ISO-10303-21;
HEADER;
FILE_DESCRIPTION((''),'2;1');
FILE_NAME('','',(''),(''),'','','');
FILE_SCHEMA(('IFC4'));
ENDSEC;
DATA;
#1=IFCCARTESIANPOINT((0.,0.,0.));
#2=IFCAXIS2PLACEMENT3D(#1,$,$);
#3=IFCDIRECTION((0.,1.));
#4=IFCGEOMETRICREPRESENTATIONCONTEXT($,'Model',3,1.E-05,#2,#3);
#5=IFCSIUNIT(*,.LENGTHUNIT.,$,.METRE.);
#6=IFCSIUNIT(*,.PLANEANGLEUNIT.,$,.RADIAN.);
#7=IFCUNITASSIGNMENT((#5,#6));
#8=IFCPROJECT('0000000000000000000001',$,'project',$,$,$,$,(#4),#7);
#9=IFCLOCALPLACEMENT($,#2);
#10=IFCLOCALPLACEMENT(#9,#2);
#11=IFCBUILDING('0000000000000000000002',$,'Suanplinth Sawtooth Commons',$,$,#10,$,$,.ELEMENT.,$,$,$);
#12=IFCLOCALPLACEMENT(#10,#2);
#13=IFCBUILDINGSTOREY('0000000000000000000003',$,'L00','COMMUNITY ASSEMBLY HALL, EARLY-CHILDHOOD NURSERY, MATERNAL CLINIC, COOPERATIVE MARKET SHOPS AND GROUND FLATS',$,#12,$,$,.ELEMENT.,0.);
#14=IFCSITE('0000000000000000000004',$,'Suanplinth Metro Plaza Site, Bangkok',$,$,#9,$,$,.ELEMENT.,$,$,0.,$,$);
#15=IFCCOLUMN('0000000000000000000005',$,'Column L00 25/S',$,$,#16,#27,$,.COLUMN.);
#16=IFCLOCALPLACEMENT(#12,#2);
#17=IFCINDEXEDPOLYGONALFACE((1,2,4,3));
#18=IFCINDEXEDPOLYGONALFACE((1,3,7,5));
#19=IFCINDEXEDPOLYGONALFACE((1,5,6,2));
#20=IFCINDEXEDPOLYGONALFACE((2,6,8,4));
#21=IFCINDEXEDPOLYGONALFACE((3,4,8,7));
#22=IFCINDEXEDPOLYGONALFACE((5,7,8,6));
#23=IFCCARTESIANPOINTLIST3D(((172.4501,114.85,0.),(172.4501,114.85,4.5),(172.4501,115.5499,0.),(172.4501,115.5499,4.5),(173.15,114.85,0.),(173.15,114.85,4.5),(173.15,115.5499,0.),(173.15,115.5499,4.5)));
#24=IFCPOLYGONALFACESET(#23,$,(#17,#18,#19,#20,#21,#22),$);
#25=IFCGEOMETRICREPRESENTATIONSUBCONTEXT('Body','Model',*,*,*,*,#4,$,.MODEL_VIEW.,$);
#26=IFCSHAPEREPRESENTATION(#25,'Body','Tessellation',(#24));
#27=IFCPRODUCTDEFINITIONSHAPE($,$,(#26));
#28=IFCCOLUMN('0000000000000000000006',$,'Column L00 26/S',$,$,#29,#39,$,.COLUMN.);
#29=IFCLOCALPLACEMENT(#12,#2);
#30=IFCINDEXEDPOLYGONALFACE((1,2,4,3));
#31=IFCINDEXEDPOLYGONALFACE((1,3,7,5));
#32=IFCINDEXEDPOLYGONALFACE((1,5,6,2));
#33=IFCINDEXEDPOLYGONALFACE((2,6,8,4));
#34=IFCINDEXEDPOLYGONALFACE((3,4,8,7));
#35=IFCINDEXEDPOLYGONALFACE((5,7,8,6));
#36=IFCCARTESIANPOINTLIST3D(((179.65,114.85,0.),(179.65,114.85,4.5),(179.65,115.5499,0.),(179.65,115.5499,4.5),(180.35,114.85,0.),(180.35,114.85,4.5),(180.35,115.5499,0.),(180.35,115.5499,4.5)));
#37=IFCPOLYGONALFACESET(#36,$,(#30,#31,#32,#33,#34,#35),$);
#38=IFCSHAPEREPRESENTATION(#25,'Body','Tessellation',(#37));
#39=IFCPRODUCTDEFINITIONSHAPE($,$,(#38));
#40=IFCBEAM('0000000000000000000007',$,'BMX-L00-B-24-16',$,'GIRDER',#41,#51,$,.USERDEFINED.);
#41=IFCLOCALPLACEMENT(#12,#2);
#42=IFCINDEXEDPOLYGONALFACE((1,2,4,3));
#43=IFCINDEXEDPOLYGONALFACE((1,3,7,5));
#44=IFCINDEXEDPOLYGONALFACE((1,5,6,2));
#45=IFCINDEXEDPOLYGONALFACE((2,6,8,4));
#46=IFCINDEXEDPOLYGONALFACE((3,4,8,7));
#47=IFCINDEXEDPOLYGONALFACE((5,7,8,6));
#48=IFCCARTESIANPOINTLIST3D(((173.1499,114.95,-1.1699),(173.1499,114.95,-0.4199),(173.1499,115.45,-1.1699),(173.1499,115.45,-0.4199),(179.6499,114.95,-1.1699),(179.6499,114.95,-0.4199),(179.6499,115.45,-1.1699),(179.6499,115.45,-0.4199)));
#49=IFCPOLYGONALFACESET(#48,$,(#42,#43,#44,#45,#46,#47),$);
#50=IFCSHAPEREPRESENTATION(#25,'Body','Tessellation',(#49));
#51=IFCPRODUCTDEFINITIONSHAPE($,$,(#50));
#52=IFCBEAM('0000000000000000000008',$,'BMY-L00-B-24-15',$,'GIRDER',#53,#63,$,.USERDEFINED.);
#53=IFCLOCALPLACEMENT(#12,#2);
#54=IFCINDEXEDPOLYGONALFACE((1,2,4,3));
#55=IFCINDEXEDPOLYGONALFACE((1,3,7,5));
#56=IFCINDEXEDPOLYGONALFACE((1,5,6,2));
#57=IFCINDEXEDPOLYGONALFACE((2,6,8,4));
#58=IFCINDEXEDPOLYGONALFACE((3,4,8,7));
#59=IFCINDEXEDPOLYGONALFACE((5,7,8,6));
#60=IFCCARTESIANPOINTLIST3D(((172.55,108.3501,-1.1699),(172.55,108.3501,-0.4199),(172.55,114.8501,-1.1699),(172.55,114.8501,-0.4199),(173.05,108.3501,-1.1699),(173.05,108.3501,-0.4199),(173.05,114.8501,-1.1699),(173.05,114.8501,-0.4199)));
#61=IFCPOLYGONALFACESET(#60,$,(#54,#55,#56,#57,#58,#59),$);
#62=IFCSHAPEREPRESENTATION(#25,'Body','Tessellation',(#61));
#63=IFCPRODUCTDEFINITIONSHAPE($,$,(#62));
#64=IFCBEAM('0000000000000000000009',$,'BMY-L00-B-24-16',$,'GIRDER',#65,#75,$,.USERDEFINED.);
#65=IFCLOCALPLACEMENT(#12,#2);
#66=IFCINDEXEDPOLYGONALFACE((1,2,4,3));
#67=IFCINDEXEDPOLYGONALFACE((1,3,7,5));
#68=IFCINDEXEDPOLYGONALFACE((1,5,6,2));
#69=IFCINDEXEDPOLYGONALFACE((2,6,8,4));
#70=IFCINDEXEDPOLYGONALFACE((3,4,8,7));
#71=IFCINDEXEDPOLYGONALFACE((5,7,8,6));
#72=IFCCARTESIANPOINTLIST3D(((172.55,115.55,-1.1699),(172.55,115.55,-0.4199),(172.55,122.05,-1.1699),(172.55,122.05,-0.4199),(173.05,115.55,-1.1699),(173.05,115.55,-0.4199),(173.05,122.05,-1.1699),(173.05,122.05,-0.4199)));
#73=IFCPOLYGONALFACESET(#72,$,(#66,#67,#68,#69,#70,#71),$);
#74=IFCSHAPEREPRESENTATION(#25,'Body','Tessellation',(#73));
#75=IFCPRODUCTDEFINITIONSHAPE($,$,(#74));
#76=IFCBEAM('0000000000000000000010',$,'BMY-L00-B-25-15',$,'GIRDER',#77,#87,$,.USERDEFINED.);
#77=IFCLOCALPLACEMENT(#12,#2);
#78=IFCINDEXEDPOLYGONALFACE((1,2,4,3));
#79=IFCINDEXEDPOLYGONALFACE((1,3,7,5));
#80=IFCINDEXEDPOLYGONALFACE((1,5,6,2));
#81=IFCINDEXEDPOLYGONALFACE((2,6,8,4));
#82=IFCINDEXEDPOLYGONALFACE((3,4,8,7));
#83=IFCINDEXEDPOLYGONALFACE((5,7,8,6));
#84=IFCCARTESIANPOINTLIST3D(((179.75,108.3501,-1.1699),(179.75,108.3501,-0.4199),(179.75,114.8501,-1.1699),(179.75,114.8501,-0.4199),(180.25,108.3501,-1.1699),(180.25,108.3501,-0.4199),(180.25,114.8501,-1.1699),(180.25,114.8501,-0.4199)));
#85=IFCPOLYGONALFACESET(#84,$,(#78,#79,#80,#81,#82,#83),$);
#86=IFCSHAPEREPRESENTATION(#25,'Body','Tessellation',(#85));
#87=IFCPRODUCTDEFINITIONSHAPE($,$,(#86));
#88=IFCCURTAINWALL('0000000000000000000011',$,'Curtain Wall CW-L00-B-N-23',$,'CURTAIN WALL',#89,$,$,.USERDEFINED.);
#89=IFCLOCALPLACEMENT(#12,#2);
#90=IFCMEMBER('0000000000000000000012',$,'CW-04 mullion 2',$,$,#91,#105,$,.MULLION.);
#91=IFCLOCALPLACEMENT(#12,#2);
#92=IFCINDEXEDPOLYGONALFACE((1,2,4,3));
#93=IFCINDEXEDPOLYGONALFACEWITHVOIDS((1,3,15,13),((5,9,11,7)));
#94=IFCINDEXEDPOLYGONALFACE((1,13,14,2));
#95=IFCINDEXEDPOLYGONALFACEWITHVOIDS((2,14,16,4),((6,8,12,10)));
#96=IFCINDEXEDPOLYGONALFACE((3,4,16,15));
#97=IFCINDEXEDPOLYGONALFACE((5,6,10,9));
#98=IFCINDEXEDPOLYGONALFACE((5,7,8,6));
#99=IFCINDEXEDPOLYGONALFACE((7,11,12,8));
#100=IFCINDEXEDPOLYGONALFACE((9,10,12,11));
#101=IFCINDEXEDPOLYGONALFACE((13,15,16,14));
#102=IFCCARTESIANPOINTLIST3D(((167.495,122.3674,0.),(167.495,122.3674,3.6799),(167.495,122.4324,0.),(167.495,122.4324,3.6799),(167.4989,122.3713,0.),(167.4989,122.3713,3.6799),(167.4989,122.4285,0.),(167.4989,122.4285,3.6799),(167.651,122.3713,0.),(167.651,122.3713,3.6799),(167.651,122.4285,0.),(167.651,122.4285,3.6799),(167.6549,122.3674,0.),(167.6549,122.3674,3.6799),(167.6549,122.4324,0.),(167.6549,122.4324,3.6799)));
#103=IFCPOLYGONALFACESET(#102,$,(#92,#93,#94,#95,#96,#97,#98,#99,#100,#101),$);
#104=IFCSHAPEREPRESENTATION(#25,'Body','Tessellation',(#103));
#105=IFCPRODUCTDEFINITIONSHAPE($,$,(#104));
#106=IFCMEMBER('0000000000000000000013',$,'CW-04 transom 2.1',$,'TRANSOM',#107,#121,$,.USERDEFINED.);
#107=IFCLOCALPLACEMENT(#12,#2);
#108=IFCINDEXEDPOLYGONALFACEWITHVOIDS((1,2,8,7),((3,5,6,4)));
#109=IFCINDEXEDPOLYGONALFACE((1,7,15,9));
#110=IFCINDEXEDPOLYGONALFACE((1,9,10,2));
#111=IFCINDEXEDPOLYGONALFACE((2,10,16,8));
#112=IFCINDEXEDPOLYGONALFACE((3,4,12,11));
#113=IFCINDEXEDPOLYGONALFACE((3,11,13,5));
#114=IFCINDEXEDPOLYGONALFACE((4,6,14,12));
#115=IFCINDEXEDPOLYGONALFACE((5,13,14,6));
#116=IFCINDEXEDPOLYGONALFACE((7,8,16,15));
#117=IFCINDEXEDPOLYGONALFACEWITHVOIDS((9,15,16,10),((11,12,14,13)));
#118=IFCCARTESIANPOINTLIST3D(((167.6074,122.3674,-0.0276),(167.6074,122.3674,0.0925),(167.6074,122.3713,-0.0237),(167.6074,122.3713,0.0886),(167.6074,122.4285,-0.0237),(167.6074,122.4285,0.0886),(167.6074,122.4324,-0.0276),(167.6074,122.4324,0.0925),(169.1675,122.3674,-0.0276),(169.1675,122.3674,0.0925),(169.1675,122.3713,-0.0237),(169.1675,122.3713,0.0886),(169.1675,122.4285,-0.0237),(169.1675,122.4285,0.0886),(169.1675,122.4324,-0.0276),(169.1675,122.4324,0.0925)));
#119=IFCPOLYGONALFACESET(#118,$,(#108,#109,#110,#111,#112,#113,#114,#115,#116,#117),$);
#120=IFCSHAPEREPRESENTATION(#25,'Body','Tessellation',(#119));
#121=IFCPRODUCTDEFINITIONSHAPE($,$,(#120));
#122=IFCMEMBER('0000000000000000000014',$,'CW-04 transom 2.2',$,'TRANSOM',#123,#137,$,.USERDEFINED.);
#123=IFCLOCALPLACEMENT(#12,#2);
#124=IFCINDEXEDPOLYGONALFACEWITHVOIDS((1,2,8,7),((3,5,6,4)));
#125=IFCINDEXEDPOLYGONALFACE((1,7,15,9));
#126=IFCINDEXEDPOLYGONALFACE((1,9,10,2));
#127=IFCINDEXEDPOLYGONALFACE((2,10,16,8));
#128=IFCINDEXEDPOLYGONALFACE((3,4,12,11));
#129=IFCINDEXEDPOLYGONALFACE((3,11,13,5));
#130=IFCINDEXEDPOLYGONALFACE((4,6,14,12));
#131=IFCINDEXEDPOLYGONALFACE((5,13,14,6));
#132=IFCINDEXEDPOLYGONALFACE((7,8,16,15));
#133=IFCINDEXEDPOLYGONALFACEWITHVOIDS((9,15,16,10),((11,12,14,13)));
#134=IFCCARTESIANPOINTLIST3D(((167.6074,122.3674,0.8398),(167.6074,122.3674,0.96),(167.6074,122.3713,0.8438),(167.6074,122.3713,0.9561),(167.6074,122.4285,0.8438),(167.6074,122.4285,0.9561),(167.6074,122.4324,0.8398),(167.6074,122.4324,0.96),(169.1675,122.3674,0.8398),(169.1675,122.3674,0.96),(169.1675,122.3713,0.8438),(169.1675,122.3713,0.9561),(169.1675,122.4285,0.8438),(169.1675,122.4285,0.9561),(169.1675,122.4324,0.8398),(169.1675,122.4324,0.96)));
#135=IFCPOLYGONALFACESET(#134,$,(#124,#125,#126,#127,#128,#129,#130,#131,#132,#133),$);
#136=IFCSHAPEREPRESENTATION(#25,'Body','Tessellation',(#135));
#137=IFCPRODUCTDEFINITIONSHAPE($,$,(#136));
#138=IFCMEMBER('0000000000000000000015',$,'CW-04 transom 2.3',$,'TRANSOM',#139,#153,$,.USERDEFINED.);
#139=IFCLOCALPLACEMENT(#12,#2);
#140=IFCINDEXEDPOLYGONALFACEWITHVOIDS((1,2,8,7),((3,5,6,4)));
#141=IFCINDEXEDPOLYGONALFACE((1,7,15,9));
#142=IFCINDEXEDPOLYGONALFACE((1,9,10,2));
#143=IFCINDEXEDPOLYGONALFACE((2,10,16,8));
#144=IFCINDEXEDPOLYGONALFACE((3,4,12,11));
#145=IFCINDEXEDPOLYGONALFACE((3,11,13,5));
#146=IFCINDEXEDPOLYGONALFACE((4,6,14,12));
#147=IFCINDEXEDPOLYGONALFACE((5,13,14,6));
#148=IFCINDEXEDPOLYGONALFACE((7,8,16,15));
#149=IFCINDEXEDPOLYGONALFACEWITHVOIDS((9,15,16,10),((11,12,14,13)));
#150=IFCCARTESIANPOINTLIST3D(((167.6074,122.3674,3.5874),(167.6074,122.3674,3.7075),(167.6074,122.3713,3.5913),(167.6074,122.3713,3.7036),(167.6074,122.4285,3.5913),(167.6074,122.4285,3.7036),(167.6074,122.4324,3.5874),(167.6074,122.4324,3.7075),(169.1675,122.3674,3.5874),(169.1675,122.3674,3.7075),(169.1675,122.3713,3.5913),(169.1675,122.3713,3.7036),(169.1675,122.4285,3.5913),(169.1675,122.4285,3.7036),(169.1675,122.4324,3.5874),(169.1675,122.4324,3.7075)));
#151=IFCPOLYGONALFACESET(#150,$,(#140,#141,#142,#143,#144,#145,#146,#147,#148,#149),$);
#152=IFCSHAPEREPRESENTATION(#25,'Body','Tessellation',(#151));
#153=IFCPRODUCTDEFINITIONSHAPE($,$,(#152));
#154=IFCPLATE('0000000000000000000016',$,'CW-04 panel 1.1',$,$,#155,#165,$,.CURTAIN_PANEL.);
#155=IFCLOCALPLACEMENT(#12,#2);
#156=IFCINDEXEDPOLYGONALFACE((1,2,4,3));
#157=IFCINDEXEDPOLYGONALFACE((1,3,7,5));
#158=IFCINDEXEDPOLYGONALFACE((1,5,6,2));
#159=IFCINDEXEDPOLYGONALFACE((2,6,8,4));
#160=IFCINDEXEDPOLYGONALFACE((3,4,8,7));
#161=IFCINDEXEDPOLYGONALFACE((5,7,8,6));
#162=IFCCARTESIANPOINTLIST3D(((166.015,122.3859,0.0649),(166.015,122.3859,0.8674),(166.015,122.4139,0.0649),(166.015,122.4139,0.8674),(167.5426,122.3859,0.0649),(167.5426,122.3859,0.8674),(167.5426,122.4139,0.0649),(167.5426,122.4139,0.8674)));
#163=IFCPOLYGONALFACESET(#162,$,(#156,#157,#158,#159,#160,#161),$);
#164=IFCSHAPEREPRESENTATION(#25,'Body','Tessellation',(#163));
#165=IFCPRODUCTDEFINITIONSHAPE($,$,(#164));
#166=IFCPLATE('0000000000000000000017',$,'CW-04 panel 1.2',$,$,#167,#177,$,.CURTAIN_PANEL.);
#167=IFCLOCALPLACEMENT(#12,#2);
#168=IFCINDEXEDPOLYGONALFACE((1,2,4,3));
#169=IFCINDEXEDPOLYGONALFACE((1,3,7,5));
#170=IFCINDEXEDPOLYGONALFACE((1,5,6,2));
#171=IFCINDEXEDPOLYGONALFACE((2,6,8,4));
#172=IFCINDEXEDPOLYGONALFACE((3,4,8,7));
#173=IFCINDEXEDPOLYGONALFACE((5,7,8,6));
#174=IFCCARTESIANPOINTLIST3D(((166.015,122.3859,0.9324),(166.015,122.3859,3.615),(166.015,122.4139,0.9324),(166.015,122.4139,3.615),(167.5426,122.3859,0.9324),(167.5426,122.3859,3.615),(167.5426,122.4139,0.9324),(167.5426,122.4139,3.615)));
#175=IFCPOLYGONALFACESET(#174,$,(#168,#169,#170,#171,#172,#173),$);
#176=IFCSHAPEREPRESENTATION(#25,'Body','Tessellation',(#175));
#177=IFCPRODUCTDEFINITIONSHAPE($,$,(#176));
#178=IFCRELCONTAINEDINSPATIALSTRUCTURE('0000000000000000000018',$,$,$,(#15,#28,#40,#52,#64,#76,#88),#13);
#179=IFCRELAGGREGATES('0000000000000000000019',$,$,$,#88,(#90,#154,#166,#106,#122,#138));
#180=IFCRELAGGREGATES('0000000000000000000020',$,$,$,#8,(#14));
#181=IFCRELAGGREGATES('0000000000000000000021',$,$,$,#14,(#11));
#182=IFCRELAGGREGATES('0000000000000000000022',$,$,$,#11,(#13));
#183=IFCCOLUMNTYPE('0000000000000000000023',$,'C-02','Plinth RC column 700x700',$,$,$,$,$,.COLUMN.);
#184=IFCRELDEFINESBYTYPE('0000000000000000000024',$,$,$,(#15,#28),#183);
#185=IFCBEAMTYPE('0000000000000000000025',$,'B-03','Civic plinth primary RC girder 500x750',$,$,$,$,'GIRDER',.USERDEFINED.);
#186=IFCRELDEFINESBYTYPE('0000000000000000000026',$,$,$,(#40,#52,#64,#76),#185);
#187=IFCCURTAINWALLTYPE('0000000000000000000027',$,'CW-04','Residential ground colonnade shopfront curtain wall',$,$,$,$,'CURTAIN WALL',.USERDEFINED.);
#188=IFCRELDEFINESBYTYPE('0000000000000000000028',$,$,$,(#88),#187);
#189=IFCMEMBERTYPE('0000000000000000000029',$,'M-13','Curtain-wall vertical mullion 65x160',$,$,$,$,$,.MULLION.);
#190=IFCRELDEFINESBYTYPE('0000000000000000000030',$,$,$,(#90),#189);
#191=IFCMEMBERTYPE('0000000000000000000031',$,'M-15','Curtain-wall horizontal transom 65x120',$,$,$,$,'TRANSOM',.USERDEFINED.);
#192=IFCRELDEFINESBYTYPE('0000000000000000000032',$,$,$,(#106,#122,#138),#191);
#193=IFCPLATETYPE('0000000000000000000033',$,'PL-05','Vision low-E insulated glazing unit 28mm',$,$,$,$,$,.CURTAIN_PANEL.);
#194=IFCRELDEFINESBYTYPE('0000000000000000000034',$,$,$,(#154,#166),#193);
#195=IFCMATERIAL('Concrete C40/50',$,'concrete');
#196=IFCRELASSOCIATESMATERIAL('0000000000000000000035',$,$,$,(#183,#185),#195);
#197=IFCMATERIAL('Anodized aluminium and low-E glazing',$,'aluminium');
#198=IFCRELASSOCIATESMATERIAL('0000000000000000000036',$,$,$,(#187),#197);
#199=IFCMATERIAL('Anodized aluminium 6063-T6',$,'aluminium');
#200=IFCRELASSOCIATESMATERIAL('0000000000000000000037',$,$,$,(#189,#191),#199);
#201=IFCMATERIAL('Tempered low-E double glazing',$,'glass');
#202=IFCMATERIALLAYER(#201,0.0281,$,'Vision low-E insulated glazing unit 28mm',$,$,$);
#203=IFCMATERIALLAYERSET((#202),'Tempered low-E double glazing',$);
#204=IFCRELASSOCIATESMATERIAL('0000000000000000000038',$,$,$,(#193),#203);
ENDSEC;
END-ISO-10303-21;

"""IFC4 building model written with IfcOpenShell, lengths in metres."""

from ifc_helpers import new_model, si_unit, direction, frame, origin, origin_2d, place, context, subcontext, project, spatial, rectangle, hollow_rectangle, extrude, material, layer, layer_set, material_profile, profile_set, type_object, element, aggregate, save


model = new_model("IFC4")

# Units and contexts
model_context = context("Model", 3, precision=1e-05, world=origin(), true_north=direction((0.0, 1.0)))
body_context = subcontext(model_context, "Body", "Model", "MODEL_VIEW")
ifc_project = project(units=[si_unit("LENGTHUNIT", "METRE"), si_unit("PLANEANGLEUNIT", "RADIAN")], contexts=[model_context])

# Site, building, storey
site_placement = place(None, origin())
site = spatial("IfcSite", under=ifc_project, at=site_placement, Name="Suanplinth Metro Plaza Site, Bangkok", CompositionType="ELEMENT", RefElevation=0.0)
building_placement = place(site_placement, origin())
building = spatial("IfcBuilding", under=site, at=building_placement, Name="Suanplinth Sawtooth Commons", CompositionType="ELEMENT")
storey_placement = place(building_placement, origin())
storey = spatial("IfcBuildingStorey", under=building, at=storey_placement, Name="L00", Description="COMMUNITY ASSEMBLY HALL, EARLY-CHILDHOOD NURSERY, MATERNAL CLINIC, COOPERATIVE MARKET SHOPS AND GROUND FLATS", CompositionType="ELEMENT", Elevation=0.0)

# Columns
ifc_material_1 = material(Name="Concrete C40/50", Category="concrete")
ifc_material_profile_1 = material_profile(ifc_material_1, rectangle(XDim=0.7, YDim=0.7, at=origin_2d()), Name="RC-COL 700x700")
ifc_profile_set_1 = profile_set([ifc_material_profile_1], Name="Concrete C40/50")
column_type = type_object("IfcColumnType", Name="C-02", Description="Plinth RC column 700x700", PredefinedType="COLUMN", material=ifc_profile_set_1)
for number, where, z_axis, x_axis, name in (
    (1, (172.8, 115.2, 0.0), (0.0, 0.0, 1.0), (1.0, 0.0, 0.0), "Column L00 25/S"),
    (2, (180.0, 115.2, 0.0), (0.0, 0.0, 1.0), (1.0, 0.0, 0.0), "Column L00 26/S"),
):
    element("IfcColumn", number, at=place(storey_placement, frame(where, z_axis=z_axis, x_axis=x_axis)), inside=storey, type_object=column_type, Name=name, PredefinedType="COLUMN", context=body_context, shape_type="SweptSolid", body=[
        extrude(rectangle(XDim=0.7, YDim=0.7, at=origin_2d()), origin(), (0.0, 0.0, 1.0), 4.5),
    ])

# Beams
ifc_material_profile_2 = material_profile(ifc_material_1, rectangle(XDim=0.5, YDim=0.75, at=origin_2d()), Name="RC-GDR 500x750")
ifc_profile_set_2 = profile_set([ifc_material_profile_2], Name="Concrete C40/50")
beam_type = type_object("IfcBeamType", Name="B-03", Description="Civic plinth primary RC girder 500x750", ElementType="GIRDER", PredefinedType="USERDEFINED", material=ifc_profile_set_2)
for number, where, z_axis, x_axis, name in (
    (3, (173.1499, 115.2, -0.7949), (1.0, 0.0, 0.0), (0.0, 1.0, 0.0), "BMX-L00-B-24-16"),
    (4, (172.8, 108.3501, -0.7949), (0.0, 1.0, 0.0), (-1.0, 0.0, 0.0), "BMY-L00-B-24-15"),
    (5, (172.8, 115.55, -0.7949), (0.0, 1.0, 0.0), (-1.0, 0.0, 0.0), "BMY-L00-B-24-16"),
    (6, (180.0, 108.3501, -0.7949), (0.0, 1.0, 0.0), (-1.0, 0.0, 0.0), "BMY-L00-B-25-15"),
):
    element("IfcBeam", number, at=place(storey_placement, frame(where, z_axis=z_axis, x_axis=x_axis)), inside=storey, type_object=beam_type, Name=name, ObjectType="GIRDER", PredefinedType="USERDEFINED", context=body_context, shape_type="SweptSolid", body=[
        extrude(rectangle(XDim=0.5, YDim=0.75, at=origin_2d()), origin(), (0.0, 0.0, 1.0), 6.5),
    ])

# Curtain wall, members, plates
ifc_material_2 = material(Name="Anodized aluminium and low-E glazing", Category="aluminium")
curtain_wall_type = type_object("IfcCurtainWallType", Name="CW-04", Description="Residential ground colonnade shopfront curtain wall", ElementType="CURTAIN WALL", PredefinedType="USERDEFINED", material=ifc_material_2)
curtain_wall_placement = place(storey_placement, origin())
curtain_wall = element("IfcCurtainWall", 7, at=curtain_wall_placement, inside=storey, type_object=curtain_wall_type, Name="Curtain Wall CW-L00-B-N-23", ObjectType="CURTAIN WALL", PredefinedType="USERDEFINED")
ifc_material_3 = material(Name="Anodized aluminium 6063-T6", Category="aluminium")
ifc_material_profile_3 = material_profile(ifc_material_3, hollow_rectangle(XDim=0.0649, YDim=0.1599, WallThickness=0.0039, at=origin_2d()), Name="ALU-MUL 65x160")
ifc_profile_set_3 = profile_set([ifc_material_profile_3], Name="Anodized aluminium 6063-T6")
member_type_1 = type_object("IfcMemberType", Name="M-13", Description="Curtain-wall vertical mullion 65x160", PredefinedType="MULLION", material=ifc_profile_set_3)
member_1_placement = place(storey_placement, frame((167.575, 122.3999, 0.0), z_axis=(0.0, 0.0, 1.0), x_axis=(0.0, 1.0, 0.0)))
member_1 = element("IfcMember", 8, at=member_1_placement, type_object=member_type_1, Name="CW-04 mullion 2", PredefinedType="MULLION", context=body_context, shape_type="SweptSolid", body=[
    extrude(hollow_rectangle(XDim=0.0649, YDim=0.1599, WallThickness=0.0039, at=origin_2d()), origin(), (0.0, 0.0, 1.0), 3.6799),
])
ifc_material_profile_4 = material_profile(ifc_material_3, hollow_rectangle(XDim=0.0649, YDim=0.1201, WallThickness=0.0039, at=origin_2d()), Name="ALU-TRN 65x120")
ifc_profile_set_4 = profile_set([ifc_material_profile_4], Name="Anodized aluminium 6063-T6")
member_type_2 = type_object("IfcMemberType", Name="M-15", Description="Curtain-wall horizontal transom 65x120", ElementType="TRANSOM", PredefinedType="USERDEFINED", material=ifc_profile_set_4)
member_2_placement = place(storey_placement, frame((167.6074, 122.3999, 0.0325), z_axis=(1.0, 0.0, 0.0), x_axis=(0.0, 1.0, 0.0)))
member_2 = element("IfcMember", 9, at=member_2_placement, type_object=member_type_2, Name="CW-04 transom 2.1", ObjectType="TRANSOM", PredefinedType="USERDEFINED", context=body_context, shape_type="SweptSolid", body=[
    extrude(hollow_rectangle(XDim=0.0649, YDim=0.1201, WallThickness=0.0039, at=origin_2d()), origin(), (0.0, 0.0, 1.0), 1.5601),
])
member_3_placement = place(storey_placement, frame((167.6074, 122.3999, 0.8999), z_axis=(1.0, 0.0, 0.0), x_axis=(0.0, 1.0, 0.0)))
member_3 = element("IfcMember", 10, at=member_3_placement, type_object=member_type_2, Name="CW-04 transom 2.2", ObjectType="TRANSOM", PredefinedType="USERDEFINED", context=body_context, shape_type="SweptSolid", body=[
    extrude(hollow_rectangle(XDim=0.0649, YDim=0.1201, WallThickness=0.0039, at=origin_2d()), origin(), (0.0, 0.0, 1.0), 1.5601),
])
member_4_placement = place(storey_placement, frame((167.6074, 122.3999, 3.6475), z_axis=(1.0, 0.0, 0.0), x_axis=(0.0, 1.0, 0.0)))
member_4 = element("IfcMember", 11, at=member_4_placement, type_object=member_type_2, Name="CW-04 transom 2.3", ObjectType="TRANSOM", PredefinedType="USERDEFINED", context=body_context, shape_type="SweptSolid", body=[
    extrude(hollow_rectangle(XDim=0.0649, YDim=0.1201, WallThickness=0.0039, at=origin_2d()), origin(), (0.0, 0.0, 1.0), 1.5601),
])
ifc_material_4 = material(Name="Tempered low-E double glazing", Category="glass")
ifc_layer_1 = layer(ifc_material_4, 0.0281, Name="Vision low-E insulated glazing unit 28mm")
ifc_layer_set_1 = layer_set([ifc_layer_1], Name="Tempered low-E double glazing")
plate_type = type_object("IfcPlateType", Name="PL-05", Description="Vision low-E insulated glazing unit 28mm", PredefinedType="CURTAIN_PANEL", material=ifc_layer_set_1)
plate_1_placement = place(storey_placement, frame((166.7788, 122.3999, 0.0649), z_axis=(0.0, 0.0, 1.0), x_axis=(1.0, 0.0, 0.0)))
plate_1 = element("IfcPlate", 12, at=plate_1_placement, type_object=plate_type, Name="CW-04 panel 1.1", PredefinedType="CURTAIN_PANEL", context=body_context, shape_type="SweptSolid", body=[
    extrude(rectangle(XDim=1.5276, YDim=0.0281, at=origin_2d()), origin(), (0.0, 0.0, 1.0), 0.8025),
])
plate_2_placement = place(storey_placement, frame((166.7788, 122.3999, 0.9324), z_axis=(0.0, 0.0, 1.0), x_axis=(1.0, 0.0, 0.0)))
plate_2 = element("IfcPlate", 13, at=plate_2_placement, type_object=plate_type, Name="CW-04 panel 1.2", PredefinedType="CURTAIN_PANEL", context=body_context, shape_type="SweptSolid", body=[
    extrude(rectangle(XDim=1.5276, YDim=0.0281, at=origin_2d()), origin(), (0.0, 0.0, 1.0), 2.6826),
])
aggregate(curtain_wall, [member_1, plate_1, plate_2, member_2, member_3, member_4])

save(model, "model.ifc")
